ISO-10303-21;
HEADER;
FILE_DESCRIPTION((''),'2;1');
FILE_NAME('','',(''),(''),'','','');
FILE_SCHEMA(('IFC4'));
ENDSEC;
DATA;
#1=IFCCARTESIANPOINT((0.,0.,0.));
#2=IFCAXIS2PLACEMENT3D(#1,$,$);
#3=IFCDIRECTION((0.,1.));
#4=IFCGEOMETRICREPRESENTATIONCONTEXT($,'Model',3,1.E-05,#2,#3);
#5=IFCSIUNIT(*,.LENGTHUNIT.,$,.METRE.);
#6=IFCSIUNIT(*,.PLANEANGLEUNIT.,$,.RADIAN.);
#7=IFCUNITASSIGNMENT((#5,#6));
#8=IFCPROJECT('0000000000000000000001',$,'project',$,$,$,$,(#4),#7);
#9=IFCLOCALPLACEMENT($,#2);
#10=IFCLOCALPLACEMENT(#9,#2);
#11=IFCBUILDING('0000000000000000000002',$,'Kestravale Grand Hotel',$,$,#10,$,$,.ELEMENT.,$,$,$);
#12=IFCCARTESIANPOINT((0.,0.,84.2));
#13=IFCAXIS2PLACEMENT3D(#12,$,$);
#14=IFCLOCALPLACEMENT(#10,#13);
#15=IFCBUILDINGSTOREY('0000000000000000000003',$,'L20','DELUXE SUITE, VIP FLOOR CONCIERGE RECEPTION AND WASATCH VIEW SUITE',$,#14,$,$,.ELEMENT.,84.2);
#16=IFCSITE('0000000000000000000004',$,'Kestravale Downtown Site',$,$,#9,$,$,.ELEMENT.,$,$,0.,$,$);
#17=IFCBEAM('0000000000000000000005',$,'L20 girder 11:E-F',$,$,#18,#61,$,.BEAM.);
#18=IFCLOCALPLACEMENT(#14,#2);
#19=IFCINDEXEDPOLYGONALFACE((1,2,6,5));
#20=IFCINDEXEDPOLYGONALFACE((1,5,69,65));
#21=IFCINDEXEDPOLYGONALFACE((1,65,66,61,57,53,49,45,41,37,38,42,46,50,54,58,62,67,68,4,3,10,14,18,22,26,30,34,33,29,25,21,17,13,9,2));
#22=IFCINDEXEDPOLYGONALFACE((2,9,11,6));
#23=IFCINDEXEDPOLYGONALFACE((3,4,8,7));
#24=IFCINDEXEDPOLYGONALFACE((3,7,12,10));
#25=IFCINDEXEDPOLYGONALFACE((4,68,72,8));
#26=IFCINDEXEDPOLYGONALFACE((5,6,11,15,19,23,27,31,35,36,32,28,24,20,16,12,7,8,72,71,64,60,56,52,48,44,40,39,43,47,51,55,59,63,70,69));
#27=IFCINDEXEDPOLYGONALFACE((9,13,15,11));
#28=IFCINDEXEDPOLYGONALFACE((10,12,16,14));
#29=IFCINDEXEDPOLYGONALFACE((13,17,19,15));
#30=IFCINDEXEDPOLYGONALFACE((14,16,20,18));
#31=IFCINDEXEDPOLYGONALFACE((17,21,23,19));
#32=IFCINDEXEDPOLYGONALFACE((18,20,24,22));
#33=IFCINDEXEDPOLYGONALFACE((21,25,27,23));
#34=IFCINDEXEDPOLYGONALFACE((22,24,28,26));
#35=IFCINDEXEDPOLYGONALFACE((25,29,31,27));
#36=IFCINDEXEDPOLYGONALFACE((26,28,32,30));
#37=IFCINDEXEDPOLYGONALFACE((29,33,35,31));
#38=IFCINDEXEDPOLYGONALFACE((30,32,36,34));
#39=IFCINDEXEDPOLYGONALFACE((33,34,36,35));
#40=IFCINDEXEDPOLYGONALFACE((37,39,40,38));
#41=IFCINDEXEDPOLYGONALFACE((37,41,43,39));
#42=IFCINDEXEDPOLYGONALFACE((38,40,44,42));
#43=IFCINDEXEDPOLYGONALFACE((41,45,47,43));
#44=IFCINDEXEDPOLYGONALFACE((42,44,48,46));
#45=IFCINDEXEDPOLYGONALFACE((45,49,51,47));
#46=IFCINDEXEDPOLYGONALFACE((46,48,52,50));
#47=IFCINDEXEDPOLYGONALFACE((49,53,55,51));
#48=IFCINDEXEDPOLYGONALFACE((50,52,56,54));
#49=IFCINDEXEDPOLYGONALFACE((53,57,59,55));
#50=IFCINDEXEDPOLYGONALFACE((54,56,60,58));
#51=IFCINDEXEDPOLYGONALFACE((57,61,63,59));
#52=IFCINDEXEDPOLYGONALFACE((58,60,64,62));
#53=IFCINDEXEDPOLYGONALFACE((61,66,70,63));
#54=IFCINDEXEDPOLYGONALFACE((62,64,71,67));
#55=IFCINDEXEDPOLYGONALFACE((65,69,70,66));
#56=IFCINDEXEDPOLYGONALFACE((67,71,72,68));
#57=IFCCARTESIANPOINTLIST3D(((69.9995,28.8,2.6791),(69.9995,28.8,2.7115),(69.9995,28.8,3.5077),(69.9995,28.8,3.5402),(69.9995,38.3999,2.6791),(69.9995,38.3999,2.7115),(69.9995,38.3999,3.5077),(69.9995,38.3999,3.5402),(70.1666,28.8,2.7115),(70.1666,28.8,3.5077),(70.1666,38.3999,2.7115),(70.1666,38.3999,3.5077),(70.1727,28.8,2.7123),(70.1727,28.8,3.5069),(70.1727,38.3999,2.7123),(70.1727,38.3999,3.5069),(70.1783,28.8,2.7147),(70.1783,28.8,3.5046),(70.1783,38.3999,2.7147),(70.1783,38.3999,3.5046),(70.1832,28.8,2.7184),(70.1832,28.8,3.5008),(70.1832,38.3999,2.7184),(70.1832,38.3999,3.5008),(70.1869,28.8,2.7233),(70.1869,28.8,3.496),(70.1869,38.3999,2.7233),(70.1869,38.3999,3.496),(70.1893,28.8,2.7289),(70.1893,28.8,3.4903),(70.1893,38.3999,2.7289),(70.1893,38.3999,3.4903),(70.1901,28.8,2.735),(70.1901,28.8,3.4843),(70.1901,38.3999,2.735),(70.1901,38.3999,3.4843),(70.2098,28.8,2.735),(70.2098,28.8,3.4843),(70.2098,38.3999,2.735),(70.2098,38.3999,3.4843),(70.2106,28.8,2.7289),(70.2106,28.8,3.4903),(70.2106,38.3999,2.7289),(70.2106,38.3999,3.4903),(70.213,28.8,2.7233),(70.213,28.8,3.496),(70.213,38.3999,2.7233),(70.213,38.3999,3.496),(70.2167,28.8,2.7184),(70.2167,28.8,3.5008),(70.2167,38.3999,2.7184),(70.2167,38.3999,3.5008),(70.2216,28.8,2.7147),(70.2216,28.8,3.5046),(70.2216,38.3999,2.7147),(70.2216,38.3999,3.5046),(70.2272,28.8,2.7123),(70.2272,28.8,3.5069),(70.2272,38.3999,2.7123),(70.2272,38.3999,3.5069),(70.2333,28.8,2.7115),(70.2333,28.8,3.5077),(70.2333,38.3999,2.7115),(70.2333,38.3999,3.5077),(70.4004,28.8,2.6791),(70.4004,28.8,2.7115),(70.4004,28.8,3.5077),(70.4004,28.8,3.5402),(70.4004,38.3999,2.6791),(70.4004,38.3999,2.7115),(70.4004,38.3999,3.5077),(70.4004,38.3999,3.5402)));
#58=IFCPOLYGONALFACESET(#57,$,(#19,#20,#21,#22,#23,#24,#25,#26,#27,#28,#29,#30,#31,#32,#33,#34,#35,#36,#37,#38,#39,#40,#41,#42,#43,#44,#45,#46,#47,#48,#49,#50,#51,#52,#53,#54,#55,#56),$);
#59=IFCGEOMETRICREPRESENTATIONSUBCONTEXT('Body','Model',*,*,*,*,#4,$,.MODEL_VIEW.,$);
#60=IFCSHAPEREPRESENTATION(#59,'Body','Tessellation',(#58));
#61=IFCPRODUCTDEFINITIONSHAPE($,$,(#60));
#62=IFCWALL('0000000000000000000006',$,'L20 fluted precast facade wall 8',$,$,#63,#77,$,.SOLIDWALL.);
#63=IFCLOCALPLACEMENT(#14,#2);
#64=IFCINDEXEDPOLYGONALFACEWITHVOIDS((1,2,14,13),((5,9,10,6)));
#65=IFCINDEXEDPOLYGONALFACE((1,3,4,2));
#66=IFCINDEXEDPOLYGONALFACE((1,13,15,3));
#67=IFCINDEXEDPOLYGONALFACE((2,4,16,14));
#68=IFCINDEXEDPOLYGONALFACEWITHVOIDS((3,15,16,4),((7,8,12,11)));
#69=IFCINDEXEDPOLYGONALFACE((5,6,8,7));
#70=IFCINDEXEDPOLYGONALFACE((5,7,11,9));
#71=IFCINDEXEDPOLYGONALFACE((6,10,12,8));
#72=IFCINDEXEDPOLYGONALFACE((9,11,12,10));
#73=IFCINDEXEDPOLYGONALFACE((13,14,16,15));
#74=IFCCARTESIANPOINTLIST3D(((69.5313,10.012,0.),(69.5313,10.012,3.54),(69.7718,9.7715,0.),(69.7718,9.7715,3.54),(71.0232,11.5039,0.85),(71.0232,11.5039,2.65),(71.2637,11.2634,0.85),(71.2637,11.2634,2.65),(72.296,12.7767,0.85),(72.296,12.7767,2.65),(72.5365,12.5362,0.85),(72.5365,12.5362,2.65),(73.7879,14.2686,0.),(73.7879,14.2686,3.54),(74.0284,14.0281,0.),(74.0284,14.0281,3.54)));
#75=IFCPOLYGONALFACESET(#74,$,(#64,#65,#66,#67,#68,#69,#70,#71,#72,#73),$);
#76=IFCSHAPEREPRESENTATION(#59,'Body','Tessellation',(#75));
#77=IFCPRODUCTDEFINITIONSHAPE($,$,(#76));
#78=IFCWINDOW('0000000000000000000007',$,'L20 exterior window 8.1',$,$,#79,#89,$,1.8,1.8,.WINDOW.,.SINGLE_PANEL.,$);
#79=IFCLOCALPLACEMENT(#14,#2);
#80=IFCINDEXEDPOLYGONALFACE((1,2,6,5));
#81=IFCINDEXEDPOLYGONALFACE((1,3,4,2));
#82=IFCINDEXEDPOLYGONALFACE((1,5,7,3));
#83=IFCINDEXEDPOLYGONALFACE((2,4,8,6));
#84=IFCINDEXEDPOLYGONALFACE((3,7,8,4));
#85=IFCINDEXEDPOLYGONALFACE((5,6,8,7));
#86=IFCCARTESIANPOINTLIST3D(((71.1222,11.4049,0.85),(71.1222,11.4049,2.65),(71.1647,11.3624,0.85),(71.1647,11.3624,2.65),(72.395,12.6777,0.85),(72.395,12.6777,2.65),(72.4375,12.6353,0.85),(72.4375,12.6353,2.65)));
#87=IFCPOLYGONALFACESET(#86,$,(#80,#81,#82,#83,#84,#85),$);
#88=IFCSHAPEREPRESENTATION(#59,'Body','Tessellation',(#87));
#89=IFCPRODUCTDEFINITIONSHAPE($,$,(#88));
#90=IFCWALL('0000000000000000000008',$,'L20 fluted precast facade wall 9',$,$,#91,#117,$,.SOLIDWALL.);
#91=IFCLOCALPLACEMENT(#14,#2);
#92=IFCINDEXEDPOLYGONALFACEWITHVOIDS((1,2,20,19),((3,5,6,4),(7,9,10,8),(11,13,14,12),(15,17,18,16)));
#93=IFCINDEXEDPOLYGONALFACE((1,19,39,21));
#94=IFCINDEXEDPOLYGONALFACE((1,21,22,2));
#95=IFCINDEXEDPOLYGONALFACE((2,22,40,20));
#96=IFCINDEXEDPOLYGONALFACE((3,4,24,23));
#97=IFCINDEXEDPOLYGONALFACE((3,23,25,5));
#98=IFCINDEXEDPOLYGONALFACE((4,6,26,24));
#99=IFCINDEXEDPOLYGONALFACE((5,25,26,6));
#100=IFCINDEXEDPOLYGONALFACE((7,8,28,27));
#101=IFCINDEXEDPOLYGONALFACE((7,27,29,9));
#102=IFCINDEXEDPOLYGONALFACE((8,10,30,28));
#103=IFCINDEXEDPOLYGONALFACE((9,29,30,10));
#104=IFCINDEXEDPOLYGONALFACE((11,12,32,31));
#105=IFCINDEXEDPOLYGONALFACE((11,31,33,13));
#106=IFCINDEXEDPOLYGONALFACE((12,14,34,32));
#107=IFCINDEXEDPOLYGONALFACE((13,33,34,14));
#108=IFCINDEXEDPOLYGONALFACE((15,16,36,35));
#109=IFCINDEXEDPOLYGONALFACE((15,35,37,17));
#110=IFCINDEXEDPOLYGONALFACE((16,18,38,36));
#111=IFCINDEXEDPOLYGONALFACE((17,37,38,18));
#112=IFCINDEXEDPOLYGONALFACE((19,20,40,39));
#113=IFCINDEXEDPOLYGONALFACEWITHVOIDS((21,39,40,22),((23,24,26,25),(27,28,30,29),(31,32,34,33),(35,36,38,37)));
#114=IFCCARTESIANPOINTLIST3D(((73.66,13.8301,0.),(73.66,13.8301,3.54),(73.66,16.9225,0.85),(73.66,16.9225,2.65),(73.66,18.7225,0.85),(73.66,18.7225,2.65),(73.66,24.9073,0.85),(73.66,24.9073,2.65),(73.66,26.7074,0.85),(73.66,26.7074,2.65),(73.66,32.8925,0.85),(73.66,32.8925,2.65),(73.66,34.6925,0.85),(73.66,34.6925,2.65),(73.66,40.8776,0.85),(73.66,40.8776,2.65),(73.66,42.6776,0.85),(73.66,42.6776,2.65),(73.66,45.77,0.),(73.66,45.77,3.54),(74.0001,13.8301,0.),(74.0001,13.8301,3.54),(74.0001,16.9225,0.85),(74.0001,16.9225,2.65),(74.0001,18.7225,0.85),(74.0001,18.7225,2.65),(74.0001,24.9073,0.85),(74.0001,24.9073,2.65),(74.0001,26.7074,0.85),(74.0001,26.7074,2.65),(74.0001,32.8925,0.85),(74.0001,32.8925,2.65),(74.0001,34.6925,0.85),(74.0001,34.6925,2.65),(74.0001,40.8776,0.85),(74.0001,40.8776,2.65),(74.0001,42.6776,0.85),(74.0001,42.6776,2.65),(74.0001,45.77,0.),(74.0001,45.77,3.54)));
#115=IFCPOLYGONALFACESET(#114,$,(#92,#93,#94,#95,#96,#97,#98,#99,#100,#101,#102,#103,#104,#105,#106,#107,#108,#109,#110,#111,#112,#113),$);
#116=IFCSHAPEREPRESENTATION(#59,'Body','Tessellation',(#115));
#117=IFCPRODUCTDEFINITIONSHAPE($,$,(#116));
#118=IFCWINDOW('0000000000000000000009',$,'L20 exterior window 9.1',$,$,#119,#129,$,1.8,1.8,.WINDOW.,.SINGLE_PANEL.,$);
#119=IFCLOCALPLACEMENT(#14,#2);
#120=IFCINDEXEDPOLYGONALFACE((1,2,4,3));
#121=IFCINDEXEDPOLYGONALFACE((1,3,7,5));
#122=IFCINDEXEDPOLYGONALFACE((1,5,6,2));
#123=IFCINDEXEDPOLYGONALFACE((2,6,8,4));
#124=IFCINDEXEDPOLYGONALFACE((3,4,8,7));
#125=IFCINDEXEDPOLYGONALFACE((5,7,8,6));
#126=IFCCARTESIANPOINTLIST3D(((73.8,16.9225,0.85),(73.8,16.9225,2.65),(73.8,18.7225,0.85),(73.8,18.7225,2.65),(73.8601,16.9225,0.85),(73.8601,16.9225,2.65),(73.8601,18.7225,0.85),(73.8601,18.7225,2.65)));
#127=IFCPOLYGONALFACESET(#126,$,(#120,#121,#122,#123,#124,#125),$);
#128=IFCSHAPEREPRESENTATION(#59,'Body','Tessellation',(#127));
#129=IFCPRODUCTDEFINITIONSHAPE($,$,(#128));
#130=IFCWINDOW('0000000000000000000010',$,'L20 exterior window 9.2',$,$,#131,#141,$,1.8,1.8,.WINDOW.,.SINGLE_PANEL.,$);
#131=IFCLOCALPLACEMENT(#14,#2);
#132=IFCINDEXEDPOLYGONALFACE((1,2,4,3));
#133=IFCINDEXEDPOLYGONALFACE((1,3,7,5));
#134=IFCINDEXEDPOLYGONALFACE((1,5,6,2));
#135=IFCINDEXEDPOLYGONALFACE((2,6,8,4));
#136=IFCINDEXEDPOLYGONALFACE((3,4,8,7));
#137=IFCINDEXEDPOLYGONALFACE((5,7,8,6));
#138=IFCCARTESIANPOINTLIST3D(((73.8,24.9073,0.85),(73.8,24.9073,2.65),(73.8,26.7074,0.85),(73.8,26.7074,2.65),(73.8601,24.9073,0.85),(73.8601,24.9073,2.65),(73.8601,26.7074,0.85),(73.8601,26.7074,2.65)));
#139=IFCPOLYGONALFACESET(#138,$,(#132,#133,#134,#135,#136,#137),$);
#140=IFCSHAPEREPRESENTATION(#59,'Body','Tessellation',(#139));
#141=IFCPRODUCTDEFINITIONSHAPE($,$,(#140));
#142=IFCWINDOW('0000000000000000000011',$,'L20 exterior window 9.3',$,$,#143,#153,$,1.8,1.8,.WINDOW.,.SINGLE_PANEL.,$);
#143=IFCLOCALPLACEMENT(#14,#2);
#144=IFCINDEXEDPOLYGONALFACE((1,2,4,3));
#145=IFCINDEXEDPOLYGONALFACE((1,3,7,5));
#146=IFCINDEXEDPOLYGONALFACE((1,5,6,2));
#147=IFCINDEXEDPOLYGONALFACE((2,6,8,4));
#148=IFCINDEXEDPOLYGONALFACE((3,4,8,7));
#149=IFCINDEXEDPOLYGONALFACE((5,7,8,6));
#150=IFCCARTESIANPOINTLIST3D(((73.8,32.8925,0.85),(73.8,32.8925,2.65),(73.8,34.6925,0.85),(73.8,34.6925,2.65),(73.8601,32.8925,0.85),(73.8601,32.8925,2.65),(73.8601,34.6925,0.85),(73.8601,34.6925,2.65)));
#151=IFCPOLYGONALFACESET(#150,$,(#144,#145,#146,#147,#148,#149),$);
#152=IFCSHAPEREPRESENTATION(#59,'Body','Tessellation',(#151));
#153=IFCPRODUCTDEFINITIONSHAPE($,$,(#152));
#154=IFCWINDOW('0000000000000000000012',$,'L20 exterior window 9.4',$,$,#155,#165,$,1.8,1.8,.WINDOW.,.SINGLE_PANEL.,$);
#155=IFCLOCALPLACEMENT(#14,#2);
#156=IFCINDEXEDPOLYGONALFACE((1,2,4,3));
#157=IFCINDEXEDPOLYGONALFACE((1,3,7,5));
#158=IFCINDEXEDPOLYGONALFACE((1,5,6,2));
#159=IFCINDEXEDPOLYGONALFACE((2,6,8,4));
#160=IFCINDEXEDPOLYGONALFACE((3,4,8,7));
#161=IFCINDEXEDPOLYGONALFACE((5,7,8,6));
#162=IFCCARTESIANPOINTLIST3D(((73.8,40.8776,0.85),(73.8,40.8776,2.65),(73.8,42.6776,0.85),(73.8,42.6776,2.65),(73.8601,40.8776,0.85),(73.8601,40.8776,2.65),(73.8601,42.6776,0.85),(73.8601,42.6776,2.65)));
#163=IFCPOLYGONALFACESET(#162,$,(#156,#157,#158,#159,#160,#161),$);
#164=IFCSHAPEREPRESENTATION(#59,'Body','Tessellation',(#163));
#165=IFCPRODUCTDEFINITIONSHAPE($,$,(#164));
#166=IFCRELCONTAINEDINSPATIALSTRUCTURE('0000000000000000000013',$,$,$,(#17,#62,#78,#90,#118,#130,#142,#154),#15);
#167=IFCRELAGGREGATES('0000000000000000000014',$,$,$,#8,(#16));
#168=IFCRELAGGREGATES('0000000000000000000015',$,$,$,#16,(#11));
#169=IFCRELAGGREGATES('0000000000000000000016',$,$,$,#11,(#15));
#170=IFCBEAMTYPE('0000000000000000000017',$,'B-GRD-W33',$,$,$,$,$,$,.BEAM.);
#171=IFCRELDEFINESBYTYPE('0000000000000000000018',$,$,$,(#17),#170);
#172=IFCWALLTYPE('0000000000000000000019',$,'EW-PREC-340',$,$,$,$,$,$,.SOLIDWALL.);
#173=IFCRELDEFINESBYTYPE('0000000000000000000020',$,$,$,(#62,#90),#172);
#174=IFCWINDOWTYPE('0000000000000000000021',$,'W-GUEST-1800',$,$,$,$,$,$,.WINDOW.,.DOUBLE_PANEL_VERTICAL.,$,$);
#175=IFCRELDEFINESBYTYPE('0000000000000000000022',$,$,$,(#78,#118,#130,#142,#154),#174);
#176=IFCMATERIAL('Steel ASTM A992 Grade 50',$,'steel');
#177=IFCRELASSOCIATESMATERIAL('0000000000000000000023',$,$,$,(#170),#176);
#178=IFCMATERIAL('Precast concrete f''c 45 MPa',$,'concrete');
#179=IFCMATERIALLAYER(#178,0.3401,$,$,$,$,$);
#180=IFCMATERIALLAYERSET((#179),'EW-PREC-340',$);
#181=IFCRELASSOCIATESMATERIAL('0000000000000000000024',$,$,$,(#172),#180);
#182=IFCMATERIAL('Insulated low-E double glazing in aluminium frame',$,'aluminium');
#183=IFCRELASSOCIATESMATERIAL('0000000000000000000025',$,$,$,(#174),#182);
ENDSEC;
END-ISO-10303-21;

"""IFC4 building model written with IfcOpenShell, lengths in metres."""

from ifc_helpers import new_model, si_unit, direction, frame, frame_2d, origin, origin_2d, place, context, subcontext, project, spatial, rectangle, i_section, extrude, material, layer, layer_set, material_profile, profile_set, type_object, element, fill, save


model = new_model("IFC4")

# Units and contexts
model_context = context("Model", 3, precision=1e-05, world=origin(), true_north=direction((0.0, 1.0)))
body_context = subcontext(model_context, "Body", "Model", "MODEL_VIEW")
ifc_project = project(units=[si_unit("LENGTHUNIT", "METRE"), si_unit("PLANEANGLEUNIT", "RADIAN")], contexts=[model_context])

# Site, building, storey
site_placement = place(None, origin())
site = spatial("IfcSite", under=ifc_project, at=site_placement, Name="Kestravale Downtown Site", CompositionType="ELEMENT", RefElevation=0.0)
building_placement = place(site_placement, origin())
building = spatial("IfcBuilding", under=site, at=building_placement, Name="Kestravale Grand Hotel", CompositionType="ELEMENT")
storey_placement = place(building_placement, frame((0.0, 0.0, 84.2)))
storey = spatial("IfcBuildingStorey", under=building, at=storey_placement, Name="L20", Description="DELUXE SUITE, VIP FLOOR CONCIERGE RECEPTION AND WASATCH VIEW SUITE", CompositionType="ELEMENT", Elevation=84.2)

# Beam
ifc_material_1 = material(Name="Steel ASTM A992 Grade 50", Category="steel")
ifc_material_profile_1 = material_profile(ifc_material_1, i_section(OverallWidth=0.4009, OverallDepth=0.8611, WebThickness=0.0198, FlangeThickness=0.0325, FilletRadius=0.0234, at=origin_2d()))
ifc_profile_set_1 = profile_set([ifc_material_profile_1], Name="Steel ASTM A992 Grade 50")
beam_type_1 = type_object("IfcBeamType", Name="B-GRD-W33", PredefinedType="BEAM", material=ifc_profile_set_1)
beam_1_placement = place(storey_placement, frame((70.2, 28.8, 3.1096), z_axis=(0.0, 1.0, 0.0), x_axis=(-1.0, 0.0, 0.0)))
element("IfcBeam", 1, at=beam_1_placement, inside=storey, type_object=beam_type_1, Name="L20 girder 11:E-F", PredefinedType="BEAM", context=body_context, shape_type="SweptSolid", body=[
    extrude(i_section(OverallWidth=0.4009, OverallDepth=0.8611, WebThickness=0.0198, FlangeThickness=0.0325, FilletRadius=0.0234, at=origin_2d()), origin(), (0.0, 0.0, 1.0), 9.5999),
])

# Wall, opening, window
ifc_material_2 = material(Name="Precast concrete f'c 45 MPa", Category="concrete")
ifc_layer_1 = layer(ifc_material_2, 0.3401)
ifc_layer_set_1 = layer_set([ifc_layer_1], Name="EW-PREC-340")
wall_type_1 = type_object("IfcWallType", Name="EW-PREC-340", PredefinedType="SOLIDWALL", material=ifc_layer_set_1)
wall_1_placement = place(storey_placement, frame((69.6516, 9.8918, 0.0), z_axis=(0.0, 0.0, 1.0), x_axis=(0.707107, 0.707107, 0.0)))
wall_1 = element("IfcWall", 2, at=wall_1_placement, inside=storey, type_object=wall_type_1, Name="L20 fluted precast facade wall 8", PredefinedType="SOLIDWALL", context=body_context, shape_type="SweptSolid", body=[
    extrude(rectangle(XDim=6.0198, YDim=0.3401, at=frame_2d((3.0098, 0.0))), origin(), (0.0, 0.0, 1.0), 3.54),
])
opening_1_placement = place(wall_1_placement, frame((2.1099, 0.0, 0.8501)))
opening_1 = element("IfcOpeningElement", 3, at=opening_1_placement, cuts=wall_1, PredefinedType="OPENING", context=body_context, shape_type="SweptSolid", body=[
    extrude(rectangle(XDim=1.8, YDim=1.8, at=frame_2d((0.8999, 0.8999))), frame((0.0, 0.1799, 0.0), z_axis=(0.0, -1.0, 0.0), x_axis=(1.0, 0.0, 0.0)), (0.0, 0.0, 1.0), 0.3601),
])
ifc_material_3 = material(Name="Insulated low-E double glazing in aluminium frame", Category="aluminium")
window_type = type_object("IfcWindowType", Name="W-GUEST-1800", PartitioningType="DOUBLE_PANEL_VERTICAL", PredefinedType="WINDOW", material=ifc_material_3)
window_1_placement = place(opening_1_placement, origin())
window_1 = element("IfcWindow", 4, at=window_1_placement, inside=storey, type_object=window_type, Name="L20 exterior window 8.1", OverallHeight=1.8, OverallWidth=1.8, PartitioningType="SINGLE_PANEL", PredefinedType="WINDOW", context=body_context, shape_type="SweptSolid", body=[
    extrude(rectangle(XDim=1.8, YDim=1.8, at=frame_2d((0.8999, 0.8999))), frame((0.0, 0.03, 0.0), z_axis=(0.0, -1.0, 0.0), x_axis=(1.0, 0.0, 0.0)), (0.0, 0.0, 1.0), 0.0601),
])
fill(opening_1, window_1)

# Wall, openings, windows
wall_2_placement = place(storey_placement, frame((73.8301, 13.8301, 0.0), z_axis=(0.0, 0.0, 1.0), x_axis=(0.0, 1.0, 0.0)))
wall_2 = element("IfcWall", 5, at=wall_2_placement, inside=storey, type_object=wall_type_1, Name="L20 fluted precast facade wall 9", PredefinedType="SOLIDWALL", context=body_context, shape_type="SweptSolid", body=[
    extrude(rectangle(XDim=31.9399, YDim=0.3401, at=frame_2d((15.97, 0.0))), origin(), (0.0, 0.0, 1.0), 3.54),
])
opening_2_placement = place(wall_2_placement, frame((3.0925, 0.0, 0.8501)))
opening_2 = element("IfcOpeningElement", 6, at=opening_2_placement, cuts=wall_2, PredefinedType="OPENING", context=body_context, shape_type="SweptSolid", body=[
    extrude(rectangle(XDim=1.8, YDim=1.8, at=frame_2d((0.8999, 0.8999))), frame((0.0, 0.1799, 0.0), z_axis=(0.0, -1.0, 0.0), x_axis=(1.0, 0.0, 0.0)), (0.0, 0.0, 1.0), 0.3601),
])
opening_3_placement = place(wall_2_placement, frame((11.0774, 0.0, 0.8501)))
opening_3 = element("IfcOpeningElement", 7, at=opening_3_placement, cuts=wall_2, PredefinedType="OPENING", context=body_context, shape_type="SweptSolid", body=[
    extrude(rectangle(XDim=1.8, YDim=1.8, at=frame_2d((0.8999, 0.8999))), frame((0.0, 0.1799, 0.0), z_axis=(0.0, -1.0, 0.0), x_axis=(1.0, 0.0, 0.0)), (0.0, 0.0, 1.0), 0.3601),
])
opening_4_placement = place(wall_2_placement, frame((19.0625, 0.0, 0.8501)))
opening_4 = element("IfcOpeningElement", 8, at=opening_4_placement, cuts=wall_2, PredefinedType="OPENING", context=body_context, shape_type="SweptSolid", body=[
    extrude(rectangle(XDim=1.8, YDim=1.8, at=frame_2d((0.8999, 0.8999))), frame((0.0, 0.1799, 0.0), z_axis=(0.0, -1.0, 0.0), x_axis=(1.0, 0.0, 0.0)), (0.0, 0.0, 1.0), 0.3601),
])
opening_5_placement = place(wall_2_placement, frame((27.0476, 0.0, 0.8501)))
opening_5 = element("IfcOpeningElement", 9, at=opening_5_placement, cuts=wall_2, PredefinedType="OPENING", context=body_context, shape_type="SweptSolid", body=[
    extrude(rectangle(XDim=1.8, YDim=1.8, at=frame_2d((0.8999, 0.8999))), frame((0.0, 0.1799, 0.0), z_axis=(0.0, -1.0, 0.0), x_axis=(1.0, 0.0, 0.0)), (0.0, 0.0, 1.0), 0.3601),
])
window_2_placement = place(opening_2_placement, origin())
window_2 = element("IfcWindow", 10, at=window_2_placement, inside=storey, type_object=window_type, Name="L20 exterior window 9.1", OverallHeight=1.8, OverallWidth=1.8, PartitioningType="SINGLE_PANEL", PredefinedType="WINDOW", context=body_context, shape_type="SweptSolid", body=[
    extrude(rectangle(XDim=1.8, YDim=1.8, at=frame_2d((0.8999, 0.8999))), frame((0.0, 0.03, 0.0), z_axis=(0.0, -1.0, 0.0), x_axis=(1.0, 0.0, 0.0)), (0.0, 0.0, 1.0), 0.0601),
])
fill(opening_2, window_2)
window_3_placement = place(opening_3_placement, origin())
window_3 = element("IfcWindow", 11, at=window_3_placement, inside=storey, type_object=window_type, Name="L20 exterior window 9.2", OverallHeight=1.8, OverallWidth=1.8, PartitioningType="SINGLE_PANEL", PredefinedType="WINDOW", context=body_context, shape_type="SweptSolid", body=[
    extrude(rectangle(XDim=1.8, YDim=1.8, at=frame_2d((0.8999, 0.8999))), frame((0.0, 0.03, 0.0), z_axis=(0.0, -1.0, 0.0), x_axis=(1.0, 0.0, 0.0)), (0.0, 0.0, 1.0), 0.0601),
])
fill(opening_3, window_3)
window_4_placement = place(opening_4_placement, origin())
window_4 = element("IfcWindow", 12, at=window_4_placement, inside=storey, type_object=window_type, Name="L20 exterior window 9.3", OverallHeight=1.8, OverallWidth=1.8, PartitioningType="SINGLE_PANEL", PredefinedType="WINDOW", context=body_context, shape_type="SweptSolid", body=[
    extrude(rectangle(XDim=1.8, YDim=1.8, at=frame_2d((0.8999, 0.8999))), frame((0.0, 0.03, 0.0), z_axis=(0.0, -1.0, 0.0), x_axis=(1.0, 0.0, 0.0)), (0.0, 0.0, 1.0), 0.0601),
])
fill(opening_4, window_4)
window_5_placement = place(opening_5_placement, origin())
window_5 = element("IfcWindow", 13, at=window_5_placement, inside=storey, type_object=window_type, Name="L20 exterior window 9.4", OverallHeight=1.8, OverallWidth=1.8, PartitioningType="SINGLE_PANEL", PredefinedType="WINDOW", context=body_context, shape_type="SweptSolid", body=[
    extrude(rectangle(XDim=1.8, YDim=1.8, at=frame_2d((0.8999, 0.8999))), frame((0.0, 0.03, 0.0), z_axis=(0.0, -1.0, 0.0), x_axis=(1.0, 0.0, 0.0)), (0.0, 0.0, 1.0), 0.0601),
])
fill(opening_5, window_5)

save(model, "model.ifc")
